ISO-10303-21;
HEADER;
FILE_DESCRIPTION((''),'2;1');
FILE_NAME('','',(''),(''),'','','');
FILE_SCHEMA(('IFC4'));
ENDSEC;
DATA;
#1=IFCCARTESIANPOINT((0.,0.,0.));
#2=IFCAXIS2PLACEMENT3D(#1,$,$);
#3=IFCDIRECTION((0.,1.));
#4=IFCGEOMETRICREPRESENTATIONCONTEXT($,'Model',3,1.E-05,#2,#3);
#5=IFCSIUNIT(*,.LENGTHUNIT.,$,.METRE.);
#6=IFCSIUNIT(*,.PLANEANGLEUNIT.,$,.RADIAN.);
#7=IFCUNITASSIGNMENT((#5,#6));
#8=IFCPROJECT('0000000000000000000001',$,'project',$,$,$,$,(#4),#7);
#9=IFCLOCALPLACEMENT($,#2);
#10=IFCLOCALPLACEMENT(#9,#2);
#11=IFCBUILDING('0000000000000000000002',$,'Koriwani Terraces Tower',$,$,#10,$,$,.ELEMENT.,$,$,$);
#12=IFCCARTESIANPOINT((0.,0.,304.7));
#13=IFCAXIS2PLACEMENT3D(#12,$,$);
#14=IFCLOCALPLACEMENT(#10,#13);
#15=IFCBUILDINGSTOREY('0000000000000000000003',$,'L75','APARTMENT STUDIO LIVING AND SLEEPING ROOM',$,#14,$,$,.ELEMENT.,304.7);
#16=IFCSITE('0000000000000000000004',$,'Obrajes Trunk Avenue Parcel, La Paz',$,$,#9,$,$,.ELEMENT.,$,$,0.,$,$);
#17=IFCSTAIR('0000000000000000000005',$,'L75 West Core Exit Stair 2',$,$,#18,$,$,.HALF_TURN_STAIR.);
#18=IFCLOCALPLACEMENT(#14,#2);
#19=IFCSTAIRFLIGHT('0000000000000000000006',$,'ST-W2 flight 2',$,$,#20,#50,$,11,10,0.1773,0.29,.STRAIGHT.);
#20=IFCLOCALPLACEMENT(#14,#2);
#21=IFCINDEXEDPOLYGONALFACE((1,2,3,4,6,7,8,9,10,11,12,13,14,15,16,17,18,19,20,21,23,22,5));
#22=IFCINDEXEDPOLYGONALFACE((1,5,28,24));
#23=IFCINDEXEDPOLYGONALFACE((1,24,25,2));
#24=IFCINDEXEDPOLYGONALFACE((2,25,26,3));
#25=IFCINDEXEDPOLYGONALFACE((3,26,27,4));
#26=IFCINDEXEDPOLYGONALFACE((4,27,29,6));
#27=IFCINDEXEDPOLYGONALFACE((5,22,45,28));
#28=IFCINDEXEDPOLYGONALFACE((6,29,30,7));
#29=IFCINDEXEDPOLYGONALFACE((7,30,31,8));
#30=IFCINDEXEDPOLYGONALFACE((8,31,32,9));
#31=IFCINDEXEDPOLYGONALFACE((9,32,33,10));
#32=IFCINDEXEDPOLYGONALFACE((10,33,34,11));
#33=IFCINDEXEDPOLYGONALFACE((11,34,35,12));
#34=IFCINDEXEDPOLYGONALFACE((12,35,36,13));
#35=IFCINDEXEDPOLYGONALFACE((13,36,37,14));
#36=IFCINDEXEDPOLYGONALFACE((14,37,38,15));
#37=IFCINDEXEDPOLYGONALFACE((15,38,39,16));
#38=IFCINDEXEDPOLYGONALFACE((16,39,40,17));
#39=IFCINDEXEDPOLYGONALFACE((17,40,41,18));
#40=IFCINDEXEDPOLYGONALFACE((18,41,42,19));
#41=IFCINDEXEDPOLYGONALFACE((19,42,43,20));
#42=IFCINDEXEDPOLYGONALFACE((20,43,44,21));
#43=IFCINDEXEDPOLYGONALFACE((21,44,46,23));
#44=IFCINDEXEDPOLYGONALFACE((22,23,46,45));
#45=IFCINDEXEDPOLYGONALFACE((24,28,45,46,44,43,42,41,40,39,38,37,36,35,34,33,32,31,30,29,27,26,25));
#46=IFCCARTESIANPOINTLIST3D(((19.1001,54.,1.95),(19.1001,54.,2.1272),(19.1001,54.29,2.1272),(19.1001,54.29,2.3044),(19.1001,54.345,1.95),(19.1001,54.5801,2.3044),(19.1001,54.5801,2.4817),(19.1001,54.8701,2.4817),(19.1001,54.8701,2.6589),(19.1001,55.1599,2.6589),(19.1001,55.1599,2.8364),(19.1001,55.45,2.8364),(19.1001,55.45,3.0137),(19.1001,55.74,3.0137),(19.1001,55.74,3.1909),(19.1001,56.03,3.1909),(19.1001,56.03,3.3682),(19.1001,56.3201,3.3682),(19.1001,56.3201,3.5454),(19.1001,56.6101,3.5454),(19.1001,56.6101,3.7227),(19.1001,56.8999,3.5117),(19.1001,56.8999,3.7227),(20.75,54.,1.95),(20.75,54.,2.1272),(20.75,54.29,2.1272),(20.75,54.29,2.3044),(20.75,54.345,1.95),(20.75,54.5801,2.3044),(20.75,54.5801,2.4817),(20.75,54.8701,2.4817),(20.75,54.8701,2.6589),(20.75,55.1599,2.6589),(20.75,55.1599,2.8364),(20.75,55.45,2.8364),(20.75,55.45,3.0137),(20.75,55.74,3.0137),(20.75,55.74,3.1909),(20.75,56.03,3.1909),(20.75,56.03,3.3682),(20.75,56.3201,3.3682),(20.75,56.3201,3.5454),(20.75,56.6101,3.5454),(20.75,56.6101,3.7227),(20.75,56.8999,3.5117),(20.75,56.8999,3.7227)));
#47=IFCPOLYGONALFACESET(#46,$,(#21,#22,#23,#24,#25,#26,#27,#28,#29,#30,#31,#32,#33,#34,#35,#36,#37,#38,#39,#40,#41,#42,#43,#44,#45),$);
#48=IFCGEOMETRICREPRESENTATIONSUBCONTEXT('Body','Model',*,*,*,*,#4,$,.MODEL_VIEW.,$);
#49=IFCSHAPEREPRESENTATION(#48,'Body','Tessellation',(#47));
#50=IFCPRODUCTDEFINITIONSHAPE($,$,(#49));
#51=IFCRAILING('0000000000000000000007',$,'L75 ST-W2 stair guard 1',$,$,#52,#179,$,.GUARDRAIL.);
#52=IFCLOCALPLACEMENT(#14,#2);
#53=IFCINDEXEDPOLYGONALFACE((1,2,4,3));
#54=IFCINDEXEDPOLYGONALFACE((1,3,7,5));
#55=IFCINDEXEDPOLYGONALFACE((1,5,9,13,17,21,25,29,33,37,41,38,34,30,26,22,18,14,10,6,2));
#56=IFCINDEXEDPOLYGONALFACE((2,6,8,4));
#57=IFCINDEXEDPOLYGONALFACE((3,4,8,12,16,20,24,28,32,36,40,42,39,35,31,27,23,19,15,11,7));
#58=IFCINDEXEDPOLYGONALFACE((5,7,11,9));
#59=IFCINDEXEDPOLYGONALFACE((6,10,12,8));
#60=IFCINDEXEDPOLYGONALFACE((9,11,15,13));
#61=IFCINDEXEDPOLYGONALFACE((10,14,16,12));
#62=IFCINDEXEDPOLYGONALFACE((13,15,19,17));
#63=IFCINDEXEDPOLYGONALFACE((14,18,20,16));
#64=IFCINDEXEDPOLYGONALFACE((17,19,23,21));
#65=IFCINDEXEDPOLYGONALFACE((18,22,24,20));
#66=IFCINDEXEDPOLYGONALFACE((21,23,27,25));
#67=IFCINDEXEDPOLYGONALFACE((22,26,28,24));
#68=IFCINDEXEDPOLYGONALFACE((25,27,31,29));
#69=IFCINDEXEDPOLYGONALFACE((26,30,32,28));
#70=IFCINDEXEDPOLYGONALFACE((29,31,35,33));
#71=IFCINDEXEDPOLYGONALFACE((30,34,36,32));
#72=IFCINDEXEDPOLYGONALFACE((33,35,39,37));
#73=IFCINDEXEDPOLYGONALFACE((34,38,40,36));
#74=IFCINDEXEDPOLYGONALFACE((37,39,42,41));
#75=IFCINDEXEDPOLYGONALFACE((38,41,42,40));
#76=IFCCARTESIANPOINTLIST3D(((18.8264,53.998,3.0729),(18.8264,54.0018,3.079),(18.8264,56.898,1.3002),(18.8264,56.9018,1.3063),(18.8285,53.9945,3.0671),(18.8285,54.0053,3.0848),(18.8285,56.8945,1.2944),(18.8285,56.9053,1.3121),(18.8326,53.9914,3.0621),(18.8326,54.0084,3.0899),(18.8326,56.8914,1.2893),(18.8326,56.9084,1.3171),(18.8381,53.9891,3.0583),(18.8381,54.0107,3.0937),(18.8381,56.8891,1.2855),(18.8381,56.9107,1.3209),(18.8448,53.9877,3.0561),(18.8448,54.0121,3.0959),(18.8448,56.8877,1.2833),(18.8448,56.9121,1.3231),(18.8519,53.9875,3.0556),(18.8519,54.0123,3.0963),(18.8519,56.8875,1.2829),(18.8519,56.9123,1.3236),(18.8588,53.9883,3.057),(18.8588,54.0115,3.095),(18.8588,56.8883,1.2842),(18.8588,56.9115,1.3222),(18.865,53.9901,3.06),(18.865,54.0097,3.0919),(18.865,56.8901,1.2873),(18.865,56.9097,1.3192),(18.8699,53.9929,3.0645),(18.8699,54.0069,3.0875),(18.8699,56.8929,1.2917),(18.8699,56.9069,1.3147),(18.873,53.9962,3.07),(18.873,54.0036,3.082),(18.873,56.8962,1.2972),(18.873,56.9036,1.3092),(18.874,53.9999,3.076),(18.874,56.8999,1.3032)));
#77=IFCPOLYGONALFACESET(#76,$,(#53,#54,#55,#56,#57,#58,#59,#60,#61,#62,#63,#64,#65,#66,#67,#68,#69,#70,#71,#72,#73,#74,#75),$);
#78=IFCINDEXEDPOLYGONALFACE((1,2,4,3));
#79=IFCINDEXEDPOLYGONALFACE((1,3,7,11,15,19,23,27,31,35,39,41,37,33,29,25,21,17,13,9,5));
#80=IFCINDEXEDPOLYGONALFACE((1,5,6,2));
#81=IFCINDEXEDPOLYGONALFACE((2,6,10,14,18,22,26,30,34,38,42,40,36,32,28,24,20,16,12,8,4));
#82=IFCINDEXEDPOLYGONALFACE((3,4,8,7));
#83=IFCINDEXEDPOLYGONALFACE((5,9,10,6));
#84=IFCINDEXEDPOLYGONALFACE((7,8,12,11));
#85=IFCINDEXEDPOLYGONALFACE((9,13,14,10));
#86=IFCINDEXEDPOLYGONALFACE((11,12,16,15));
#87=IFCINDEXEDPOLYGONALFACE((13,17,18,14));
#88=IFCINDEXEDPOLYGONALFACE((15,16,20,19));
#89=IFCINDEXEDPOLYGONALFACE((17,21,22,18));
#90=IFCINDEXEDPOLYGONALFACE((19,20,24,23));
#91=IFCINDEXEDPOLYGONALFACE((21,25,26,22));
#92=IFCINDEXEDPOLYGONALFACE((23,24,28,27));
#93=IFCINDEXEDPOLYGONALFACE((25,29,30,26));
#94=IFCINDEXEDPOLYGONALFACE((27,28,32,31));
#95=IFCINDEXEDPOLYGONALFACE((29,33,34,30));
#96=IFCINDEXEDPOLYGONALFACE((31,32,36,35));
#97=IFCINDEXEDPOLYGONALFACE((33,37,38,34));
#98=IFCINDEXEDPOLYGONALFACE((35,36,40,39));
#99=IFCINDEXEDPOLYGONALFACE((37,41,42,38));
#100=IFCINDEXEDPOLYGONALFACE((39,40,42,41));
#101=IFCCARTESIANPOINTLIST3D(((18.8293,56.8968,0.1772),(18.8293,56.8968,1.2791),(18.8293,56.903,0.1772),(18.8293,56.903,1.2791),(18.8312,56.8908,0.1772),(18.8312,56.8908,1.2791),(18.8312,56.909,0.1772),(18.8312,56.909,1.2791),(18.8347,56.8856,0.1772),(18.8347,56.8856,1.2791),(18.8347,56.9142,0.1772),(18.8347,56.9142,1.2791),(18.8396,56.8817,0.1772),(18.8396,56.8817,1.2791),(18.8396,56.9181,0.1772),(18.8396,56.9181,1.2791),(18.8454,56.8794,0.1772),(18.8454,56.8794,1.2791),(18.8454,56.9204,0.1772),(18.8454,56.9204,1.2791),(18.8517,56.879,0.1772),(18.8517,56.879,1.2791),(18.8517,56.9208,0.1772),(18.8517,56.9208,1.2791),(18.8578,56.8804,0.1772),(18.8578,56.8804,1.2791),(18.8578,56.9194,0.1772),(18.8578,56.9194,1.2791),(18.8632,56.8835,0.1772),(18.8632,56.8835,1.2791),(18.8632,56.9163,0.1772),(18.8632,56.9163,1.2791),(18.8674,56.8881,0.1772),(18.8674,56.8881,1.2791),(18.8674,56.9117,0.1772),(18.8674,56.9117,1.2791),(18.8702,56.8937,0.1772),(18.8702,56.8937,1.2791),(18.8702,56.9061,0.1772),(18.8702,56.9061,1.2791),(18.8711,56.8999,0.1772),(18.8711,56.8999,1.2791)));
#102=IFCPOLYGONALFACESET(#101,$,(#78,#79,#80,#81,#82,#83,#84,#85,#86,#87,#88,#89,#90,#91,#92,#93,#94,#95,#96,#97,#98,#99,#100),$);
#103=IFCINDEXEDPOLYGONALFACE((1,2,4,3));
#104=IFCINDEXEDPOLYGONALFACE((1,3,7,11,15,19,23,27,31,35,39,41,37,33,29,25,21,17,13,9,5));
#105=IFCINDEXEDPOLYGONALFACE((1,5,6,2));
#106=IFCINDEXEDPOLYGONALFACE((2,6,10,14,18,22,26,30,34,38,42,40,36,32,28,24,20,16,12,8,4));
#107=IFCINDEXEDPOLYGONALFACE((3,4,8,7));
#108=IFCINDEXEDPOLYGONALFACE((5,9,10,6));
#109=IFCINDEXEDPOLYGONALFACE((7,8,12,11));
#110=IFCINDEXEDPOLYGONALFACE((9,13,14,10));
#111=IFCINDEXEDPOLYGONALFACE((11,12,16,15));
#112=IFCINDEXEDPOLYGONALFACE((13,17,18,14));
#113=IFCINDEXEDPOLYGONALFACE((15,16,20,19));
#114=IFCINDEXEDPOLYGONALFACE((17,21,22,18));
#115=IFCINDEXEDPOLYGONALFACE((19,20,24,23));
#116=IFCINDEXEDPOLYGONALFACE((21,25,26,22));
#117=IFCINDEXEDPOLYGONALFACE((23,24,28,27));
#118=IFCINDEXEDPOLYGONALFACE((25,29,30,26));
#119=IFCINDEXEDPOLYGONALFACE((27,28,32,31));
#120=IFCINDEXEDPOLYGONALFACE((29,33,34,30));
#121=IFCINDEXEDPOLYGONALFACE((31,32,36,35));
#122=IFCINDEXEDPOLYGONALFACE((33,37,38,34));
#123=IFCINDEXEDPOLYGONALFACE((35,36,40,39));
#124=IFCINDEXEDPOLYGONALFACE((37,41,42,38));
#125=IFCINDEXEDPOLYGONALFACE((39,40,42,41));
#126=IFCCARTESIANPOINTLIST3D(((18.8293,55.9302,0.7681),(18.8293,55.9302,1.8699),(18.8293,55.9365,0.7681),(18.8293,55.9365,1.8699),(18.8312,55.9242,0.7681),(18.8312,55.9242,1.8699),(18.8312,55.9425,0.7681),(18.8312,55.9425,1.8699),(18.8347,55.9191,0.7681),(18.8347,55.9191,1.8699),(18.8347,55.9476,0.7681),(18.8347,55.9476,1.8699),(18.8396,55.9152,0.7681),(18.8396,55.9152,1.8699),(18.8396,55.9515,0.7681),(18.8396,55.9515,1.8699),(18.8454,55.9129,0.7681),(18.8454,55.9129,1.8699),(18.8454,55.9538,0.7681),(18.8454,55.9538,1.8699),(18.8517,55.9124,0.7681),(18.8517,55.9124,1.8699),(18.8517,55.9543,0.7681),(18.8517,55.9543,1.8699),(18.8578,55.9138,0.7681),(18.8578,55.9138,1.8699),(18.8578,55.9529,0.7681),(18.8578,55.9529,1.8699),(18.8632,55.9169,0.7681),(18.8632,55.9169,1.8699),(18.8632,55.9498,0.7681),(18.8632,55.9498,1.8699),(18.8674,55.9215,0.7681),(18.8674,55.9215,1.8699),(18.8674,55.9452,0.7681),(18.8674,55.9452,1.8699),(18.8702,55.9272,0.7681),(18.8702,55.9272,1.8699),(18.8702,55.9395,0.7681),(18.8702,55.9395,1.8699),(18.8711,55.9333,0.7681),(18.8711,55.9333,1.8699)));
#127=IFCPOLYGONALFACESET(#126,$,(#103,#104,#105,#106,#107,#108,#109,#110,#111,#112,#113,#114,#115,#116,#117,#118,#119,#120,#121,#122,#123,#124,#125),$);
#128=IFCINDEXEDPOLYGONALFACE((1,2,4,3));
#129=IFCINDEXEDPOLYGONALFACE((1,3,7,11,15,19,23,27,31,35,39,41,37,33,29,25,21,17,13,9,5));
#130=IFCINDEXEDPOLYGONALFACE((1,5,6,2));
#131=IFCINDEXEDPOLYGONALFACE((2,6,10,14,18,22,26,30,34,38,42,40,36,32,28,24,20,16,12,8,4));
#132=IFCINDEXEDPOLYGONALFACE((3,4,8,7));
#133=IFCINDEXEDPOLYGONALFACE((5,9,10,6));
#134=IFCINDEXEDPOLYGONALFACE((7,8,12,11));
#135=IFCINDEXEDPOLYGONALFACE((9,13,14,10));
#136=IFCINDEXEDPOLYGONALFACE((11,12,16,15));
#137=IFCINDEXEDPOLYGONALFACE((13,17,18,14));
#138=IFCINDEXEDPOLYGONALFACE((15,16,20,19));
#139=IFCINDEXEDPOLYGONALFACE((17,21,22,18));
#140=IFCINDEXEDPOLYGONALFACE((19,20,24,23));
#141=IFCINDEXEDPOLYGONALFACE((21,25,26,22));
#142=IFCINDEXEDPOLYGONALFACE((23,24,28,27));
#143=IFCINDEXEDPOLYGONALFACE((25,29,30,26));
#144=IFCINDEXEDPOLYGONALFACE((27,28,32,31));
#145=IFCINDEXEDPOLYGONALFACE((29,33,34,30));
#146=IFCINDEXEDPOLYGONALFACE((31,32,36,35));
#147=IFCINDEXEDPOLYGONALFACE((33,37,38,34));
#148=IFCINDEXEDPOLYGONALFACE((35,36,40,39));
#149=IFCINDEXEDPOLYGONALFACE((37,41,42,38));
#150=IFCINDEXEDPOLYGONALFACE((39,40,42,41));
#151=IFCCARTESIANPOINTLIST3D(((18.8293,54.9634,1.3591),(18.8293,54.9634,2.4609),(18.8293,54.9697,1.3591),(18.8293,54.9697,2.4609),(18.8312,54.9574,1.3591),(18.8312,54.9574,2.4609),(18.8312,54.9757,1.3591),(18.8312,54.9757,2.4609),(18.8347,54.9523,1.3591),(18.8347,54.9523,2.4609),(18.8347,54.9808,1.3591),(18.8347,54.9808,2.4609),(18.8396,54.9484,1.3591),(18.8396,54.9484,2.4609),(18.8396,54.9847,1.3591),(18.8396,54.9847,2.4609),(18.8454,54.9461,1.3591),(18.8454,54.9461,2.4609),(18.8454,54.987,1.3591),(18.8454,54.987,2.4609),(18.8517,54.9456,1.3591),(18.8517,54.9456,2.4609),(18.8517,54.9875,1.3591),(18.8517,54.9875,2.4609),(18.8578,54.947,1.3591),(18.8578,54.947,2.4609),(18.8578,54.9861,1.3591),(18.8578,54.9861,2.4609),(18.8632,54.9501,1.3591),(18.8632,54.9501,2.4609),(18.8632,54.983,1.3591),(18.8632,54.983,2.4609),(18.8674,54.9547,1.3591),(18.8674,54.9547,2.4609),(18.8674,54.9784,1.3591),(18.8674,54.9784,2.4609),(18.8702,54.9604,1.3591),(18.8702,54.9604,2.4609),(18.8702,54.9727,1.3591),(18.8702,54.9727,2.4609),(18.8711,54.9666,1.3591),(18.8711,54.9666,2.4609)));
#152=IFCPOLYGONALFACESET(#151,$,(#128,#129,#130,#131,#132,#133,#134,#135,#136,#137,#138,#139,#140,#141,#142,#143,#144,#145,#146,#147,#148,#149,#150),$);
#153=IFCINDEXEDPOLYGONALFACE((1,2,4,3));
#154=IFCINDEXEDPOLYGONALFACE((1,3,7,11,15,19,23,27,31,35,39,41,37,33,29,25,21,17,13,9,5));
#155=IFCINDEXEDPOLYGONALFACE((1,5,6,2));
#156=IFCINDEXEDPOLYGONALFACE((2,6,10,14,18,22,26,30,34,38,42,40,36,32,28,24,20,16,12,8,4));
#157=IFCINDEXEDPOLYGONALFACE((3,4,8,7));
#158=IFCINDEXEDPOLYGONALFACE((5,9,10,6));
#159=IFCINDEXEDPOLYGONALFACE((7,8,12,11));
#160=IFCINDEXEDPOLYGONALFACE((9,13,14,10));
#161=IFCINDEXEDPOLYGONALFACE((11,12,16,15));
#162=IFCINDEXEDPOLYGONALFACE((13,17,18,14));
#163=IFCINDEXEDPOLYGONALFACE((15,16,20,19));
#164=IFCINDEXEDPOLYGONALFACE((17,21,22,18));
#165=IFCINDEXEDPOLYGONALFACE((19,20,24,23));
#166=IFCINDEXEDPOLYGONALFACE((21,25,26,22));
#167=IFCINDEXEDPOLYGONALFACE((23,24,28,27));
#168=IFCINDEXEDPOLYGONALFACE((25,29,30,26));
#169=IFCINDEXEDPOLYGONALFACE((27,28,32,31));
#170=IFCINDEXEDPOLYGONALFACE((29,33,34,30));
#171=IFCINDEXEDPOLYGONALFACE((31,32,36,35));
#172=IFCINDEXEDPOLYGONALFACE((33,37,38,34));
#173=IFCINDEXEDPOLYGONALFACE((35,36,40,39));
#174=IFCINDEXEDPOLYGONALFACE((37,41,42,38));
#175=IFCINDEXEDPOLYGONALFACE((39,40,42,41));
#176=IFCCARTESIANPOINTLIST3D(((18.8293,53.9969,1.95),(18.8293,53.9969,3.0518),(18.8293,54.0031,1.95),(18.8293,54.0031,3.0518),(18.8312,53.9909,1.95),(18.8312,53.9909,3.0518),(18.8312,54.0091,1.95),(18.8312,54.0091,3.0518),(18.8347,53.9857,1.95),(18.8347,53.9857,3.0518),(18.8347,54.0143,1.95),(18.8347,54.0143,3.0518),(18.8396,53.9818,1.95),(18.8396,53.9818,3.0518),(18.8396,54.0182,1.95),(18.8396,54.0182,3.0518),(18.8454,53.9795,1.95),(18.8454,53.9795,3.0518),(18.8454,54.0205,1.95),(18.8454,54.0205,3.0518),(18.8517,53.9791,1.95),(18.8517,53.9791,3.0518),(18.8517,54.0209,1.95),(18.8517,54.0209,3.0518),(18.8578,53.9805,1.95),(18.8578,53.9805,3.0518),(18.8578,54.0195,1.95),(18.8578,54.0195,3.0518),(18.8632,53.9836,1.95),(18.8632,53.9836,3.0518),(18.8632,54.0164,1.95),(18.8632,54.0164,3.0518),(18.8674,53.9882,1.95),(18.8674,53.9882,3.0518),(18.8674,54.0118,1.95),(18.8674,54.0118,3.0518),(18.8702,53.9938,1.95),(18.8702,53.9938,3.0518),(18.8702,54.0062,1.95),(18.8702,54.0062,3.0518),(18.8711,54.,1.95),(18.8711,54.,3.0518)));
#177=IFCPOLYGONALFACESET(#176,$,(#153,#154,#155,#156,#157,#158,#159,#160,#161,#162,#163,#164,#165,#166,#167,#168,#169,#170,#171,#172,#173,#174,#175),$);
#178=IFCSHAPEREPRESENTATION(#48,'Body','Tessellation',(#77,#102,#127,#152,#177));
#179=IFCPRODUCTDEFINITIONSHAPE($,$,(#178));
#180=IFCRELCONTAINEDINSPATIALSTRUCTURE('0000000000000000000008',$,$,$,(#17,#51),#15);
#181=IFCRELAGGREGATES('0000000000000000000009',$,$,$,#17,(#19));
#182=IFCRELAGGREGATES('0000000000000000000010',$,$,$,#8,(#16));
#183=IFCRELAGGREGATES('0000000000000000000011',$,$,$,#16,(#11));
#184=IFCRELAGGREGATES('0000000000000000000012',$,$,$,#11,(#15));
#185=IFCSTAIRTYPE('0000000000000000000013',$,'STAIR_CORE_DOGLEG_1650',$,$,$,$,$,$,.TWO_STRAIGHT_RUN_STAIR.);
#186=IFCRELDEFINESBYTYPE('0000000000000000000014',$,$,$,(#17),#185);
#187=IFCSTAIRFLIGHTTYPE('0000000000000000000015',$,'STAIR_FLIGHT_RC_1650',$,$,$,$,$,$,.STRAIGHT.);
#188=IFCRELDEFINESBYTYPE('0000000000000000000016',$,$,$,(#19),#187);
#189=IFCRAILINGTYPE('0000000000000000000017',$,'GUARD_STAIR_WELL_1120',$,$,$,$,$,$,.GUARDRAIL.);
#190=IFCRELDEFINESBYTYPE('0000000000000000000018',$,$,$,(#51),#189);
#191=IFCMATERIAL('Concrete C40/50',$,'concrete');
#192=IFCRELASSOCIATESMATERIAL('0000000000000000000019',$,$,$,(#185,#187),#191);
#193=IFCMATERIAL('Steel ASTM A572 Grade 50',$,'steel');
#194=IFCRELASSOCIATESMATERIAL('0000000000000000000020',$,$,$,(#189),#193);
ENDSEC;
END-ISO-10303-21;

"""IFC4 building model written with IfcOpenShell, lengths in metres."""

from ifc_helpers import new_model, si_unit, direction, frame, origin, origin_2d, place, context, subcontext, project, spatial, polyline, circle, outline, extrude, material, type_object, element, aggregate, save


model = new_model("IFC4")

# Units and contexts
model_context = context("Model", 3, precision=1e-05, world=origin(), true_north=direction((0.0, 1.0)))
body_context = subcontext(model_context, "Body", "Model", "MODEL_VIEW")
ifc_project = project(units=[si_unit("LENGTHUNIT", "METRE"), si_unit("PLANEANGLEUNIT", "RADIAN")], contexts=[model_context])

# Site, building, storey
site_placement = place(None, origin())
site = spatial("IfcSite", under=ifc_project, at=site_placement, Name="Obrajes Trunk Avenue Parcel, La Paz", CompositionType="ELEMENT", RefElevation=0.0)
building_placement = place(site_placement, origin())
building = spatial("IfcBuilding", under=site, at=building_placement, Name="Koriwani Terraces Tower", CompositionType="ELEMENT")
storey_placement = place(building_placement, frame((0.0, 0.0, 304.7)))
storey = spatial("IfcBuildingStorey", under=building, at=storey_placement, Name="L75", Description="APARTMENT STUDIO LIVING AND SLEEPING ROOM", CompositionType="ELEMENT", Elevation=304.7)

# Shared definitions
ifc_material_1 = material(Name="Concrete C40/50", Category="concrete")
ifc_material_2 = material(Name="Steel ASTM A572 Grade 50", Category="steel")

# Stair, stair flight
stair_type = type_object("IfcStairType", Name="STAIR_CORE_DOGLEG_1650", PredefinedType="TWO_STRAIGHT_RUN_STAIR", material=ifc_material_1)
stair_placement = place(storey_placement, origin())
stair = element("IfcStair", 1, at=stair_placement, inside=storey, type_object=stair_type, Name="L75 West Core Exit Stair 2", PredefinedType="HALF_TURN_STAIR")
stair_flight_type = type_object("IfcStairFlightType", Name="STAIR_FLIGHT_RC_1650", PredefinedType="STRAIGHT", material=ifc_material_1)
stair_flight_1_placement = place(storey_placement, frame((19.925, 54.0, 1.95), z_axis=(0.0, 0.0, 1.0), x_axis=(0.0, 1.0, 0.0)))
stair_flight_1 = element("IfcStairFlight", 2, at=stair_flight_1_placement, type_object=stair_flight_type, Name="ST-W2 flight 2", NumberOfRisers=11, NumberOfTreads=10, PredefinedType="STRAIGHT", RiserHeight=0.1773, TreadLength=0.29, context=body_context, shape_type="SweptSolid", body=[
    extrude(outline(polyline([(0.0, 0.0), (0.0, 0.1772), (0.29, 0.1772), (0.29, 0.3545), (0.5801, 0.3545), (0.5801, 0.5317), (0.8701, 0.5317), (0.8701, 0.709), (1.1599, 0.709), (1.1599, 0.8865), (1.45, 0.8865), (1.45, 1.0637), (1.74, 1.0637), (1.74, 1.241), (2.03, 1.241), (2.03, 1.4182), (2.3201, 1.4182), (2.3201, 1.5955), (2.6101, 1.5955), (2.6101, 1.7727), (2.8999, 1.7727), (2.8999, 1.95), (2.8999, 1.5618), (0.345, 0.0), (0.0, 0.0)])), frame((0.0, 0.825, 0.0), z_axis=(0.0, -1.0, 0.0), x_axis=(1.0, 0.0, 0.0)), (0.0, 0.0, 1.0), 1.6499),
])
aggregate(stair, [stair_flight_1])

# Railing
railing_type_1 = type_object("IfcRailingType", Name="GUARD_STAIR_WELL_1120", PredefinedType="GUARDRAIL", material=ifc_material_2)
railing_1_placement = place(storey_placement, frame((18.8501, 56.8999, 0.1772)))
element("IfcRailing", 3, at=railing_1_placement, inside=storey, type_object=railing_type_1, Name="L75 ST-W2 stair guard 1", PredefinedType="GUARDRAIL", context=body_context, shape_type="SweptSolid", body=[
    extrude(circle(Radius=0.0239, at=origin_2d()), frame((0.0, 0.0, 1.126), z_axis=(0.0, -0.853211, 0.521566), x_axis=(1.0, 0.0, 0.0)), (0.0, 0.0, 1.0), 3.3989),
    extrude(circle(Radius=0.021, at=origin_2d()), origin(), (0.0, 0.0, 1.0), 1.1018),
    extrude(circle(Radius=0.021, at=origin_2d()), frame((0.0, -0.9666, 0.5908)), (0.0, 0.0, 1.0), 1.1018),
    extrude(circle(Radius=0.021, at=origin_2d()), frame((0.0, -1.9333, 1.1819)), (0.0, 0.0, 1.0), 1.1018),
    extrude(circle(Radius=0.021, at=origin_2d()), frame((0.0, -2.8999, 1.7727)), (0.0, 0.0, 1.0), 1.1018),
])

save(model, "model.ifc")
